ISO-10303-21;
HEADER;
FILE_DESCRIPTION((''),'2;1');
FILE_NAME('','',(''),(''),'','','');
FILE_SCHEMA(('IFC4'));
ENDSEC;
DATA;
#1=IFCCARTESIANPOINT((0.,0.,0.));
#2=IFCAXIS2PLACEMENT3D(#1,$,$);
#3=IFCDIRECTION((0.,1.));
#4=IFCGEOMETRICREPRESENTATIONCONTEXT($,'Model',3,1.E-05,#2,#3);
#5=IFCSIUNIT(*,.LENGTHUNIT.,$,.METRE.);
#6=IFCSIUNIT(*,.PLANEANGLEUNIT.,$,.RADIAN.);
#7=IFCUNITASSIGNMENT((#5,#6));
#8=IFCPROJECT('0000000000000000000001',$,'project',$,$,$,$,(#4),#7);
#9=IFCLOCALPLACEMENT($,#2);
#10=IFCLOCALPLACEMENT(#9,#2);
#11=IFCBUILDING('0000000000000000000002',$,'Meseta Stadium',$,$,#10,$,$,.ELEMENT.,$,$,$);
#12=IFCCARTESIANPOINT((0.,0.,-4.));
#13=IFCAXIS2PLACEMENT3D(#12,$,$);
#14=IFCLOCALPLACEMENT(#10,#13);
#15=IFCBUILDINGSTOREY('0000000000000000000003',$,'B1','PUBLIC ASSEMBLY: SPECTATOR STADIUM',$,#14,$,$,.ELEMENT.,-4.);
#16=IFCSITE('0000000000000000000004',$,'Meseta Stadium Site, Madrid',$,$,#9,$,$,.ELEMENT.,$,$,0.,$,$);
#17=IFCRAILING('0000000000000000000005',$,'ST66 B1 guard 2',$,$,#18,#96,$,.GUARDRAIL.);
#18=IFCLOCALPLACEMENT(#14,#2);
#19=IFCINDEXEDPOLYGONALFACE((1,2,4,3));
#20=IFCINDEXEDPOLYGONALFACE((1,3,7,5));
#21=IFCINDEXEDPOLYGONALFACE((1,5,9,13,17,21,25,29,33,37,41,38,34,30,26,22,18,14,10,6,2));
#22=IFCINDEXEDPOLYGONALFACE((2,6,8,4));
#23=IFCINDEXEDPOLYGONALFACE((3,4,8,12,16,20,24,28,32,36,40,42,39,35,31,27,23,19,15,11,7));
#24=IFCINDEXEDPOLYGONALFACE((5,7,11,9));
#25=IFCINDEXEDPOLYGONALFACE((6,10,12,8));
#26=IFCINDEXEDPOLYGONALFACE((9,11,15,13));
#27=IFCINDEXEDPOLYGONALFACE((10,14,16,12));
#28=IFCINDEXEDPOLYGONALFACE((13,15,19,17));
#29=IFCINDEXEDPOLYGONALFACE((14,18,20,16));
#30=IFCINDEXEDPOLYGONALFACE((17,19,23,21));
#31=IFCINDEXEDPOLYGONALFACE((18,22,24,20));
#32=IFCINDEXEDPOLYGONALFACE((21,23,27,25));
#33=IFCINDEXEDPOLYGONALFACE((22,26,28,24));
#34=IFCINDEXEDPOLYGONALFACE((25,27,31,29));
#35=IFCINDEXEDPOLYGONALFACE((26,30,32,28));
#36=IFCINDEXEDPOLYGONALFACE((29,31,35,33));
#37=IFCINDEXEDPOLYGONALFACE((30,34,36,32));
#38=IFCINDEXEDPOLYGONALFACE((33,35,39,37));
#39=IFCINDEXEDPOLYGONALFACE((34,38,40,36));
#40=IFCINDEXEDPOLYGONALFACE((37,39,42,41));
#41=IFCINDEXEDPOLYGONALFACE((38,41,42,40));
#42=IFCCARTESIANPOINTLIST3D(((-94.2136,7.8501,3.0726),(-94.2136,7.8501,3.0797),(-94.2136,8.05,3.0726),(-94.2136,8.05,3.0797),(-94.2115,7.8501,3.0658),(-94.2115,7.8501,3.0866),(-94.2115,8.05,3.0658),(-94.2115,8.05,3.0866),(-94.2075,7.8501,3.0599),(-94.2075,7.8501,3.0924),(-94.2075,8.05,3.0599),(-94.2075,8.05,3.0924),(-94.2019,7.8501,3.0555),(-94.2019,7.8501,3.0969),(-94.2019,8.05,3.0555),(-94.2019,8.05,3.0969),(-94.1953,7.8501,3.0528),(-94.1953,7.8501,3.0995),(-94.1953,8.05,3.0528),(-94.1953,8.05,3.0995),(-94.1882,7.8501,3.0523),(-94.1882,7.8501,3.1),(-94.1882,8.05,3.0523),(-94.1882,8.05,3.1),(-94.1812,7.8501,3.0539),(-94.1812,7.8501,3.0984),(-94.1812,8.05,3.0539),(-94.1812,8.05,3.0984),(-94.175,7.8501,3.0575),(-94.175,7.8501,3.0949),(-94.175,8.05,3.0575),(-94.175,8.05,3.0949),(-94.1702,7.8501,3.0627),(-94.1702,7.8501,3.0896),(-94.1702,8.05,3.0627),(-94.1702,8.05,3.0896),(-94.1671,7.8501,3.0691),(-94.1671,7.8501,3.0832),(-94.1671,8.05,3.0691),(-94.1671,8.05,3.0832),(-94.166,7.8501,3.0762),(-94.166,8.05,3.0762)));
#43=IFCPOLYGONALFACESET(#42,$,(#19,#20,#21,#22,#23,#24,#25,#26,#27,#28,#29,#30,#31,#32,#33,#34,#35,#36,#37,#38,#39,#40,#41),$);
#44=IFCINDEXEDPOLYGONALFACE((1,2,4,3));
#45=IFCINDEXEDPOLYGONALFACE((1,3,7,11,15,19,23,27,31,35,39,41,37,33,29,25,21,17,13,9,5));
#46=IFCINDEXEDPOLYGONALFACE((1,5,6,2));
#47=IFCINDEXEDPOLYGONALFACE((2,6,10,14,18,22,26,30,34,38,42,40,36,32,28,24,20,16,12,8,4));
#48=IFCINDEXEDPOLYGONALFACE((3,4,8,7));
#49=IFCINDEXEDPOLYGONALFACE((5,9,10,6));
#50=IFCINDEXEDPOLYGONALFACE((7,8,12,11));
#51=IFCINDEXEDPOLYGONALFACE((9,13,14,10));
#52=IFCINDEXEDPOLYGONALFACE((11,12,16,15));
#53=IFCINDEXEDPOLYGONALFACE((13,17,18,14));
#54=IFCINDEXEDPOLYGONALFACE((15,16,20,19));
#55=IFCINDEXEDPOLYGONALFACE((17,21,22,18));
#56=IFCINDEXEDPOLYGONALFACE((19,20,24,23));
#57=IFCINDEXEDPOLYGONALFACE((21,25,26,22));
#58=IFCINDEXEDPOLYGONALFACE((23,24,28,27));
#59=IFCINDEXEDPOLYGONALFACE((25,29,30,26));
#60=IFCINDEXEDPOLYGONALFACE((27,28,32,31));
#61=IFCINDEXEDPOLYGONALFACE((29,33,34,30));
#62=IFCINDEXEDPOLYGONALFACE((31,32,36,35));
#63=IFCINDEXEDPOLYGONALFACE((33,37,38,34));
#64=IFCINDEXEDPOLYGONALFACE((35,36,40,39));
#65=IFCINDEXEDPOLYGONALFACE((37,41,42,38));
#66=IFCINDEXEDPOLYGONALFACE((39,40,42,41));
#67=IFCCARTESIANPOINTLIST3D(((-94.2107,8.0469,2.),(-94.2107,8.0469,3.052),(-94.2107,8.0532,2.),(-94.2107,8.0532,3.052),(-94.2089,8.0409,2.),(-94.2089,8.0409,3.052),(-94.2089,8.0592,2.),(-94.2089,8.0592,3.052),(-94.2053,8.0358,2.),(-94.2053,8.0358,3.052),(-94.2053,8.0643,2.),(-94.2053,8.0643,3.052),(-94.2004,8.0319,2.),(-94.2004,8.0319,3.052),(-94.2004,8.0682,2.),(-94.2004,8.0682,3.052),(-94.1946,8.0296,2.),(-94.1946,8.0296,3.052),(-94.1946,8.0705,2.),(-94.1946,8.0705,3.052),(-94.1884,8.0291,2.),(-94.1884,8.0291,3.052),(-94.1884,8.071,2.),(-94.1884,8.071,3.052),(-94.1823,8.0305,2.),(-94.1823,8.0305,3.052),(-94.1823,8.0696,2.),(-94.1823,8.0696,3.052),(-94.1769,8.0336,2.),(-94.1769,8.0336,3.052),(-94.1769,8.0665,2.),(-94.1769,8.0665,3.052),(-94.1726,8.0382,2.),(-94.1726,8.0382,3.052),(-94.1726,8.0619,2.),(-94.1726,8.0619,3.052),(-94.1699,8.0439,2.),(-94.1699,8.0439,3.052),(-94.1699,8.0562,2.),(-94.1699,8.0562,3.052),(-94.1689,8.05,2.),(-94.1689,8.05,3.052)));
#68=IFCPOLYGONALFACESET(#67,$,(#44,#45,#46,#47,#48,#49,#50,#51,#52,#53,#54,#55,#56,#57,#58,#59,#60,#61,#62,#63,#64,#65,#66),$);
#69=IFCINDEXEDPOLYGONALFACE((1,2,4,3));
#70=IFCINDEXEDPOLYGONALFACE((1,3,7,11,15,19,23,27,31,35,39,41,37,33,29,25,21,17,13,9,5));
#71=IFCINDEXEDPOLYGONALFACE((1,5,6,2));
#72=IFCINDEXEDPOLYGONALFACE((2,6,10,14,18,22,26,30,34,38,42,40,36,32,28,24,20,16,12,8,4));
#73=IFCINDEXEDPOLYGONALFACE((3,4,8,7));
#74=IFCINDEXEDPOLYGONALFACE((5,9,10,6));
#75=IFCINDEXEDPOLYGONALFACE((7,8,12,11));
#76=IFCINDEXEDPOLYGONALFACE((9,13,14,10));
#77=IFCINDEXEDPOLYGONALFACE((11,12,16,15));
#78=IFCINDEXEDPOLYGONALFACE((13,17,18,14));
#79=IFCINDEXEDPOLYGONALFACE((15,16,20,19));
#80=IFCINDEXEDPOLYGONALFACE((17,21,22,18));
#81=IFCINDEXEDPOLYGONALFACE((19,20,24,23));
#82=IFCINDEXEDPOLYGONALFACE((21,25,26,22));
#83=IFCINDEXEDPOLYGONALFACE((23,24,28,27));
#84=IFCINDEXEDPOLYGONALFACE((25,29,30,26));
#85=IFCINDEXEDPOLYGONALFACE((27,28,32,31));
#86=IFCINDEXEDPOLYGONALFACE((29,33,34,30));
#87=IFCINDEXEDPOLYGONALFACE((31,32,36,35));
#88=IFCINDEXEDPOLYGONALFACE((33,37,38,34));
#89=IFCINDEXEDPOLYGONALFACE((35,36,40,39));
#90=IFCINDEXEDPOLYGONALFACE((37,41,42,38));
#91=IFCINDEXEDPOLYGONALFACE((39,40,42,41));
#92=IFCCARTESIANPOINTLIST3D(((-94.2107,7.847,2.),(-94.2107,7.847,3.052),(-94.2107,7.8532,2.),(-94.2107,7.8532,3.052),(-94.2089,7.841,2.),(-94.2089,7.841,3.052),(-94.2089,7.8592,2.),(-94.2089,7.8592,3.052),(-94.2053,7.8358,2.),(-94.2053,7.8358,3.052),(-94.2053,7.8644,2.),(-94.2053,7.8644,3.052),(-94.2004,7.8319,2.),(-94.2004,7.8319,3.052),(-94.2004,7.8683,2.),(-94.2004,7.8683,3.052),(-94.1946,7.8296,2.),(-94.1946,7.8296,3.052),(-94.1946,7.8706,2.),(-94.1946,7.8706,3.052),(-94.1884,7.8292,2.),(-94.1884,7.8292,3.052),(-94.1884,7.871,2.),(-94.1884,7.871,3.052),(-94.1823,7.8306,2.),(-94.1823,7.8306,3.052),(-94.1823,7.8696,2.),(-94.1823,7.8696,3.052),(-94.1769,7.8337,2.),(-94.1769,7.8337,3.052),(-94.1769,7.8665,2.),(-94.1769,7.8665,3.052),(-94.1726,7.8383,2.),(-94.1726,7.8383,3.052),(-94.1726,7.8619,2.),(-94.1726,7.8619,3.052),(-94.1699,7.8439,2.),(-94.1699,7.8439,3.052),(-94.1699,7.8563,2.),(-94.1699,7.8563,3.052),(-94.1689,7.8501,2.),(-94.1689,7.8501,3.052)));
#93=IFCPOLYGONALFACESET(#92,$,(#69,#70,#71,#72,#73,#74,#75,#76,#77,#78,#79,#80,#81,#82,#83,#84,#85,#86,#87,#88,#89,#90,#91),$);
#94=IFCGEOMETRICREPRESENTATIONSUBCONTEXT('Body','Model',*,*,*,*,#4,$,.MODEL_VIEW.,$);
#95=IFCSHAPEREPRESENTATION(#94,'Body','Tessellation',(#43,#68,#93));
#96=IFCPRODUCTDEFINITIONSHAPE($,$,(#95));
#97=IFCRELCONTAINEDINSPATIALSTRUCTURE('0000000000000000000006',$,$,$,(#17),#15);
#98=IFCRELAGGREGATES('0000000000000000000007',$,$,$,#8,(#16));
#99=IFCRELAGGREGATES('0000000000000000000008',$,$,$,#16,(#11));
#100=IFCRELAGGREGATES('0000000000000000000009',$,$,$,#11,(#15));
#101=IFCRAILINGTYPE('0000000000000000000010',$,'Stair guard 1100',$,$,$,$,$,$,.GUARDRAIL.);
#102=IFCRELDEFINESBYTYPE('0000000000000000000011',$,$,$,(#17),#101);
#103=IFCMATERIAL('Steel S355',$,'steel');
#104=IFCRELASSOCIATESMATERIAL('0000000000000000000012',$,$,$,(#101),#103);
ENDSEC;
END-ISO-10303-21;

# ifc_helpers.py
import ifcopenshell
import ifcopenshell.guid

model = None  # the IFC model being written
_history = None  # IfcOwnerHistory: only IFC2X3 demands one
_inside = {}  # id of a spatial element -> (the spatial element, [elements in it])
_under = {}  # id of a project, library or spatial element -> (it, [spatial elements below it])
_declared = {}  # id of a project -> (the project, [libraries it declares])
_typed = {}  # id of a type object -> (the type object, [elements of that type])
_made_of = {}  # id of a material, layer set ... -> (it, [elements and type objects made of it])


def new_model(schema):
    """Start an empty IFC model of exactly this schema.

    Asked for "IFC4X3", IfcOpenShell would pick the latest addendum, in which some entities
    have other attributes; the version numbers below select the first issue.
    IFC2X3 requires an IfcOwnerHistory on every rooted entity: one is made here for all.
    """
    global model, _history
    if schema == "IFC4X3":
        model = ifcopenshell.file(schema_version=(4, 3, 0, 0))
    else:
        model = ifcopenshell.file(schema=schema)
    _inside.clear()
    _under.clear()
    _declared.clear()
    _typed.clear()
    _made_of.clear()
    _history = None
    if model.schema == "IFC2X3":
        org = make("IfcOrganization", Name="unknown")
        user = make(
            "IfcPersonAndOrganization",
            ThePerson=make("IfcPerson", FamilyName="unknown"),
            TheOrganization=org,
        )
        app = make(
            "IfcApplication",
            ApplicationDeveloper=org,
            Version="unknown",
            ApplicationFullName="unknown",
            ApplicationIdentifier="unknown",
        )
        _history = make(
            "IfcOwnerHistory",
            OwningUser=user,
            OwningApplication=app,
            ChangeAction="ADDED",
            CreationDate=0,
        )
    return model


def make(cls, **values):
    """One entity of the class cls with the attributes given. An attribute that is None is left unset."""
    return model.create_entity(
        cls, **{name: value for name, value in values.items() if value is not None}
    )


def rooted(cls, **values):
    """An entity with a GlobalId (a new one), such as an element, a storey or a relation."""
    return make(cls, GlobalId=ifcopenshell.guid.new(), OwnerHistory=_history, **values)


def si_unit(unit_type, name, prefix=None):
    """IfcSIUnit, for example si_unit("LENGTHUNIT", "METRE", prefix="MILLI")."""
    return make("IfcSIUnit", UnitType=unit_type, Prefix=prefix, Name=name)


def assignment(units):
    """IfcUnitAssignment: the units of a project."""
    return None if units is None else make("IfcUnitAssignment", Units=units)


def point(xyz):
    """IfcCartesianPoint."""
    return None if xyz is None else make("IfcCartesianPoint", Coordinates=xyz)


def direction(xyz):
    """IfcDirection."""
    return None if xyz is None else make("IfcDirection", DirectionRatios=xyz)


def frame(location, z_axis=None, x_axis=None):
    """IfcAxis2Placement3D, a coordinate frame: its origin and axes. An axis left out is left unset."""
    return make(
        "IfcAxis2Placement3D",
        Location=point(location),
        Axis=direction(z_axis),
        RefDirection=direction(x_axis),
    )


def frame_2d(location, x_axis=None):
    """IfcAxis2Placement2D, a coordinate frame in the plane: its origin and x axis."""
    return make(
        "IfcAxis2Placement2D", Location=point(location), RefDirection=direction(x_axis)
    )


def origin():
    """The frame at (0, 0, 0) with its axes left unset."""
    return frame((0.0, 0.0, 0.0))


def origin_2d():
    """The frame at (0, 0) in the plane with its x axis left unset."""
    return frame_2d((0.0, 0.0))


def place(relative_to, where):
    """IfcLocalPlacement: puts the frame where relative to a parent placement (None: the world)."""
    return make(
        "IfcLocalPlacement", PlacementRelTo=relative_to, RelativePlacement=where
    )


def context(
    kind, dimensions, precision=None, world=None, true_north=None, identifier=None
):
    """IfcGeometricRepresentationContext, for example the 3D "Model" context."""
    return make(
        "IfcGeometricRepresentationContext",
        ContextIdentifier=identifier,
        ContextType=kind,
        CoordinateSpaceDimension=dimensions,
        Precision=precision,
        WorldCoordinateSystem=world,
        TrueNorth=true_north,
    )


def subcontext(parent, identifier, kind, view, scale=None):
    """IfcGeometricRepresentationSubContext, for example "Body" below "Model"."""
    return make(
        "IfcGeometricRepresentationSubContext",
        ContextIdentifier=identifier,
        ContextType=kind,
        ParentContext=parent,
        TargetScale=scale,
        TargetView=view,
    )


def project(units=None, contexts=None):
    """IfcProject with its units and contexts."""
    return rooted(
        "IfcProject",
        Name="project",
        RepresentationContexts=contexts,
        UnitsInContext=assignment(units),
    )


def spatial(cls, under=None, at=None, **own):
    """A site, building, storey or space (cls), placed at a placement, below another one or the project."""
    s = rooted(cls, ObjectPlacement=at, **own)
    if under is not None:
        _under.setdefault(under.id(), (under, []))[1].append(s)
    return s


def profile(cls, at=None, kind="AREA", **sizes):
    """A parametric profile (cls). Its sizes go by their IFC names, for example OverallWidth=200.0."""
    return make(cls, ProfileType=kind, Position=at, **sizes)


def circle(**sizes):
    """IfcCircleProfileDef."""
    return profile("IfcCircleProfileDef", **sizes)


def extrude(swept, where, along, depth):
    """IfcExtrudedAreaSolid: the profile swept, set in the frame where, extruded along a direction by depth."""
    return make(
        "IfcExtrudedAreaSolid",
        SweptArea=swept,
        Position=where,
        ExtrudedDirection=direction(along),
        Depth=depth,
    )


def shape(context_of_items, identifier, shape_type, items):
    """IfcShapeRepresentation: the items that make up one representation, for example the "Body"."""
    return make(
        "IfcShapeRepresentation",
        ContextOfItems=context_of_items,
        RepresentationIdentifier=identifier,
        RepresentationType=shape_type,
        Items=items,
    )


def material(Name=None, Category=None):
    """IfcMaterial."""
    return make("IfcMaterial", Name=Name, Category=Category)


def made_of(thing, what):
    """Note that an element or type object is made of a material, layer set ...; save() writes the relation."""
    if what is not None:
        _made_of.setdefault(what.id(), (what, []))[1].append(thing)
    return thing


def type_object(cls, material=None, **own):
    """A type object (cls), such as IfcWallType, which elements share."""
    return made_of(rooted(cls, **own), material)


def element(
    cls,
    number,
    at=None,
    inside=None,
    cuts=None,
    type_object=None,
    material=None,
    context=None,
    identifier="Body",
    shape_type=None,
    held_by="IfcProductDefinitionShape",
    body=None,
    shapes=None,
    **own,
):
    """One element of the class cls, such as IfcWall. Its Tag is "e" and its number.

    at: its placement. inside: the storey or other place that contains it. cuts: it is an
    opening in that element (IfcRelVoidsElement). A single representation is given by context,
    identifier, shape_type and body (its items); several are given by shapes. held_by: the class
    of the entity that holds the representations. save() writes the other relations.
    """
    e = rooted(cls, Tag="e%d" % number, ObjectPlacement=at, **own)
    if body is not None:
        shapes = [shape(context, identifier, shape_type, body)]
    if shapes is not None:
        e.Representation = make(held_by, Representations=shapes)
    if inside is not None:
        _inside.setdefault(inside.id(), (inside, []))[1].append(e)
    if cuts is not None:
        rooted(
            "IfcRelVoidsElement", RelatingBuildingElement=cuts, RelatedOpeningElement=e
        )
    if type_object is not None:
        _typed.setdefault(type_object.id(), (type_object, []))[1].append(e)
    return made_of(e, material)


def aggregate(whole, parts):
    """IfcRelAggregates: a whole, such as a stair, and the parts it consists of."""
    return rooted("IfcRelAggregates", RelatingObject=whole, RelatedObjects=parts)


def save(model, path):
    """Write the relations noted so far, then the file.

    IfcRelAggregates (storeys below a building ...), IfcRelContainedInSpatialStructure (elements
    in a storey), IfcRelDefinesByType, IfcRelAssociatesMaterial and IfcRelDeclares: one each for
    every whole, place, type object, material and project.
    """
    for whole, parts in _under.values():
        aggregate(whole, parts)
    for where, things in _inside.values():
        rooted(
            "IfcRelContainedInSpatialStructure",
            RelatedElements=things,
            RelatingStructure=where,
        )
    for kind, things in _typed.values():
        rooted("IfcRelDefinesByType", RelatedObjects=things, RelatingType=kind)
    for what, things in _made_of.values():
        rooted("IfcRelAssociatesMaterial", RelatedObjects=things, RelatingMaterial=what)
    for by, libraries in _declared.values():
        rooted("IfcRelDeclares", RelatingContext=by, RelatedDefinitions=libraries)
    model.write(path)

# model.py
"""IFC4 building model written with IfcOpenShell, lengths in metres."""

from ifc_helpers import new_model, si_unit, direction, frame, origin, origin_2d, place, context, subcontext, project, spatial, circle, extrude, material, type_object, element, save


model = new_model("IFC4")

# Units and contexts
model_context = context("Model", 3, precision=1e-05, world=origin(), true_north=direction((0.0, 1.0)))
body_context = subcontext(model_context, "Body", "Model", "MODEL_VIEW")
ifc_project = project(units=[si_unit("LENGTHUNIT", "METRE"), si_unit("PLANEANGLEUNIT", "RADIAN")], contexts=[model_context])

# Site, building, storey
site_placement = place(None, origin())
site = spatial("IfcSite", under=ifc_project, at=site_placement, Name="Meseta Stadium Site, Madrid", CompositionType="ELEMENT", RefElevation=0.0)
building_placement = place(site_placement, origin())
building = spatial("IfcBuilding", under=site, at=building_placement, Name="Meseta Stadium", CompositionType="ELEMENT")
storey_placement = place(building_placement, frame((0.0, 0.0, -4.0)))
storey = spatial("IfcBuildingStorey", under=building, at=storey_placement, Name="B1", Description="PUBLIC ASSEMBLY: SPECTATOR STADIUM", CompositionType="ELEMENT", Elevation=-4.0)

# Railing
ifc_material_1 = material(Name="Steel S355", Category="steel")
railing_type_1 = type_object("IfcRailingType", Name="Stair guard 1100", PredefinedType="GUARDRAIL", material=ifc_material_1)
railing_1_placement = place(storey_placement, frame((-94.1899, 8.05, 2.0)))
element("IfcRailing", 1, at=railing_1_placement, inside=storey, type_object=railing_type_1, Name="ST66 B1 guard 2", PredefinedType="GUARDRAIL", context=body_context, shape_type="SweptSolid", body=[
    extrude(circle(Radius=0.0239, at=origin_2d()), frame((0.0, 0.0, 1.0762), z_axis=(0.0, -1.0, 0.0), x_axis=(1.0, 0.0, 0.0)), (0.0, 0.0, 1.0), 0.2),
    extrude(circle(Radius=0.021, at=origin_2d()), origin(), (0.0, 0.0, 1.0), 1.052),
    extrude(circle(Radius=0.021, at=origin_2d()), frame((0.0, -0.2, 0.0)), (0.0, 0.0, 1.0), 1.052),
])

save(model, "model.ifc")
